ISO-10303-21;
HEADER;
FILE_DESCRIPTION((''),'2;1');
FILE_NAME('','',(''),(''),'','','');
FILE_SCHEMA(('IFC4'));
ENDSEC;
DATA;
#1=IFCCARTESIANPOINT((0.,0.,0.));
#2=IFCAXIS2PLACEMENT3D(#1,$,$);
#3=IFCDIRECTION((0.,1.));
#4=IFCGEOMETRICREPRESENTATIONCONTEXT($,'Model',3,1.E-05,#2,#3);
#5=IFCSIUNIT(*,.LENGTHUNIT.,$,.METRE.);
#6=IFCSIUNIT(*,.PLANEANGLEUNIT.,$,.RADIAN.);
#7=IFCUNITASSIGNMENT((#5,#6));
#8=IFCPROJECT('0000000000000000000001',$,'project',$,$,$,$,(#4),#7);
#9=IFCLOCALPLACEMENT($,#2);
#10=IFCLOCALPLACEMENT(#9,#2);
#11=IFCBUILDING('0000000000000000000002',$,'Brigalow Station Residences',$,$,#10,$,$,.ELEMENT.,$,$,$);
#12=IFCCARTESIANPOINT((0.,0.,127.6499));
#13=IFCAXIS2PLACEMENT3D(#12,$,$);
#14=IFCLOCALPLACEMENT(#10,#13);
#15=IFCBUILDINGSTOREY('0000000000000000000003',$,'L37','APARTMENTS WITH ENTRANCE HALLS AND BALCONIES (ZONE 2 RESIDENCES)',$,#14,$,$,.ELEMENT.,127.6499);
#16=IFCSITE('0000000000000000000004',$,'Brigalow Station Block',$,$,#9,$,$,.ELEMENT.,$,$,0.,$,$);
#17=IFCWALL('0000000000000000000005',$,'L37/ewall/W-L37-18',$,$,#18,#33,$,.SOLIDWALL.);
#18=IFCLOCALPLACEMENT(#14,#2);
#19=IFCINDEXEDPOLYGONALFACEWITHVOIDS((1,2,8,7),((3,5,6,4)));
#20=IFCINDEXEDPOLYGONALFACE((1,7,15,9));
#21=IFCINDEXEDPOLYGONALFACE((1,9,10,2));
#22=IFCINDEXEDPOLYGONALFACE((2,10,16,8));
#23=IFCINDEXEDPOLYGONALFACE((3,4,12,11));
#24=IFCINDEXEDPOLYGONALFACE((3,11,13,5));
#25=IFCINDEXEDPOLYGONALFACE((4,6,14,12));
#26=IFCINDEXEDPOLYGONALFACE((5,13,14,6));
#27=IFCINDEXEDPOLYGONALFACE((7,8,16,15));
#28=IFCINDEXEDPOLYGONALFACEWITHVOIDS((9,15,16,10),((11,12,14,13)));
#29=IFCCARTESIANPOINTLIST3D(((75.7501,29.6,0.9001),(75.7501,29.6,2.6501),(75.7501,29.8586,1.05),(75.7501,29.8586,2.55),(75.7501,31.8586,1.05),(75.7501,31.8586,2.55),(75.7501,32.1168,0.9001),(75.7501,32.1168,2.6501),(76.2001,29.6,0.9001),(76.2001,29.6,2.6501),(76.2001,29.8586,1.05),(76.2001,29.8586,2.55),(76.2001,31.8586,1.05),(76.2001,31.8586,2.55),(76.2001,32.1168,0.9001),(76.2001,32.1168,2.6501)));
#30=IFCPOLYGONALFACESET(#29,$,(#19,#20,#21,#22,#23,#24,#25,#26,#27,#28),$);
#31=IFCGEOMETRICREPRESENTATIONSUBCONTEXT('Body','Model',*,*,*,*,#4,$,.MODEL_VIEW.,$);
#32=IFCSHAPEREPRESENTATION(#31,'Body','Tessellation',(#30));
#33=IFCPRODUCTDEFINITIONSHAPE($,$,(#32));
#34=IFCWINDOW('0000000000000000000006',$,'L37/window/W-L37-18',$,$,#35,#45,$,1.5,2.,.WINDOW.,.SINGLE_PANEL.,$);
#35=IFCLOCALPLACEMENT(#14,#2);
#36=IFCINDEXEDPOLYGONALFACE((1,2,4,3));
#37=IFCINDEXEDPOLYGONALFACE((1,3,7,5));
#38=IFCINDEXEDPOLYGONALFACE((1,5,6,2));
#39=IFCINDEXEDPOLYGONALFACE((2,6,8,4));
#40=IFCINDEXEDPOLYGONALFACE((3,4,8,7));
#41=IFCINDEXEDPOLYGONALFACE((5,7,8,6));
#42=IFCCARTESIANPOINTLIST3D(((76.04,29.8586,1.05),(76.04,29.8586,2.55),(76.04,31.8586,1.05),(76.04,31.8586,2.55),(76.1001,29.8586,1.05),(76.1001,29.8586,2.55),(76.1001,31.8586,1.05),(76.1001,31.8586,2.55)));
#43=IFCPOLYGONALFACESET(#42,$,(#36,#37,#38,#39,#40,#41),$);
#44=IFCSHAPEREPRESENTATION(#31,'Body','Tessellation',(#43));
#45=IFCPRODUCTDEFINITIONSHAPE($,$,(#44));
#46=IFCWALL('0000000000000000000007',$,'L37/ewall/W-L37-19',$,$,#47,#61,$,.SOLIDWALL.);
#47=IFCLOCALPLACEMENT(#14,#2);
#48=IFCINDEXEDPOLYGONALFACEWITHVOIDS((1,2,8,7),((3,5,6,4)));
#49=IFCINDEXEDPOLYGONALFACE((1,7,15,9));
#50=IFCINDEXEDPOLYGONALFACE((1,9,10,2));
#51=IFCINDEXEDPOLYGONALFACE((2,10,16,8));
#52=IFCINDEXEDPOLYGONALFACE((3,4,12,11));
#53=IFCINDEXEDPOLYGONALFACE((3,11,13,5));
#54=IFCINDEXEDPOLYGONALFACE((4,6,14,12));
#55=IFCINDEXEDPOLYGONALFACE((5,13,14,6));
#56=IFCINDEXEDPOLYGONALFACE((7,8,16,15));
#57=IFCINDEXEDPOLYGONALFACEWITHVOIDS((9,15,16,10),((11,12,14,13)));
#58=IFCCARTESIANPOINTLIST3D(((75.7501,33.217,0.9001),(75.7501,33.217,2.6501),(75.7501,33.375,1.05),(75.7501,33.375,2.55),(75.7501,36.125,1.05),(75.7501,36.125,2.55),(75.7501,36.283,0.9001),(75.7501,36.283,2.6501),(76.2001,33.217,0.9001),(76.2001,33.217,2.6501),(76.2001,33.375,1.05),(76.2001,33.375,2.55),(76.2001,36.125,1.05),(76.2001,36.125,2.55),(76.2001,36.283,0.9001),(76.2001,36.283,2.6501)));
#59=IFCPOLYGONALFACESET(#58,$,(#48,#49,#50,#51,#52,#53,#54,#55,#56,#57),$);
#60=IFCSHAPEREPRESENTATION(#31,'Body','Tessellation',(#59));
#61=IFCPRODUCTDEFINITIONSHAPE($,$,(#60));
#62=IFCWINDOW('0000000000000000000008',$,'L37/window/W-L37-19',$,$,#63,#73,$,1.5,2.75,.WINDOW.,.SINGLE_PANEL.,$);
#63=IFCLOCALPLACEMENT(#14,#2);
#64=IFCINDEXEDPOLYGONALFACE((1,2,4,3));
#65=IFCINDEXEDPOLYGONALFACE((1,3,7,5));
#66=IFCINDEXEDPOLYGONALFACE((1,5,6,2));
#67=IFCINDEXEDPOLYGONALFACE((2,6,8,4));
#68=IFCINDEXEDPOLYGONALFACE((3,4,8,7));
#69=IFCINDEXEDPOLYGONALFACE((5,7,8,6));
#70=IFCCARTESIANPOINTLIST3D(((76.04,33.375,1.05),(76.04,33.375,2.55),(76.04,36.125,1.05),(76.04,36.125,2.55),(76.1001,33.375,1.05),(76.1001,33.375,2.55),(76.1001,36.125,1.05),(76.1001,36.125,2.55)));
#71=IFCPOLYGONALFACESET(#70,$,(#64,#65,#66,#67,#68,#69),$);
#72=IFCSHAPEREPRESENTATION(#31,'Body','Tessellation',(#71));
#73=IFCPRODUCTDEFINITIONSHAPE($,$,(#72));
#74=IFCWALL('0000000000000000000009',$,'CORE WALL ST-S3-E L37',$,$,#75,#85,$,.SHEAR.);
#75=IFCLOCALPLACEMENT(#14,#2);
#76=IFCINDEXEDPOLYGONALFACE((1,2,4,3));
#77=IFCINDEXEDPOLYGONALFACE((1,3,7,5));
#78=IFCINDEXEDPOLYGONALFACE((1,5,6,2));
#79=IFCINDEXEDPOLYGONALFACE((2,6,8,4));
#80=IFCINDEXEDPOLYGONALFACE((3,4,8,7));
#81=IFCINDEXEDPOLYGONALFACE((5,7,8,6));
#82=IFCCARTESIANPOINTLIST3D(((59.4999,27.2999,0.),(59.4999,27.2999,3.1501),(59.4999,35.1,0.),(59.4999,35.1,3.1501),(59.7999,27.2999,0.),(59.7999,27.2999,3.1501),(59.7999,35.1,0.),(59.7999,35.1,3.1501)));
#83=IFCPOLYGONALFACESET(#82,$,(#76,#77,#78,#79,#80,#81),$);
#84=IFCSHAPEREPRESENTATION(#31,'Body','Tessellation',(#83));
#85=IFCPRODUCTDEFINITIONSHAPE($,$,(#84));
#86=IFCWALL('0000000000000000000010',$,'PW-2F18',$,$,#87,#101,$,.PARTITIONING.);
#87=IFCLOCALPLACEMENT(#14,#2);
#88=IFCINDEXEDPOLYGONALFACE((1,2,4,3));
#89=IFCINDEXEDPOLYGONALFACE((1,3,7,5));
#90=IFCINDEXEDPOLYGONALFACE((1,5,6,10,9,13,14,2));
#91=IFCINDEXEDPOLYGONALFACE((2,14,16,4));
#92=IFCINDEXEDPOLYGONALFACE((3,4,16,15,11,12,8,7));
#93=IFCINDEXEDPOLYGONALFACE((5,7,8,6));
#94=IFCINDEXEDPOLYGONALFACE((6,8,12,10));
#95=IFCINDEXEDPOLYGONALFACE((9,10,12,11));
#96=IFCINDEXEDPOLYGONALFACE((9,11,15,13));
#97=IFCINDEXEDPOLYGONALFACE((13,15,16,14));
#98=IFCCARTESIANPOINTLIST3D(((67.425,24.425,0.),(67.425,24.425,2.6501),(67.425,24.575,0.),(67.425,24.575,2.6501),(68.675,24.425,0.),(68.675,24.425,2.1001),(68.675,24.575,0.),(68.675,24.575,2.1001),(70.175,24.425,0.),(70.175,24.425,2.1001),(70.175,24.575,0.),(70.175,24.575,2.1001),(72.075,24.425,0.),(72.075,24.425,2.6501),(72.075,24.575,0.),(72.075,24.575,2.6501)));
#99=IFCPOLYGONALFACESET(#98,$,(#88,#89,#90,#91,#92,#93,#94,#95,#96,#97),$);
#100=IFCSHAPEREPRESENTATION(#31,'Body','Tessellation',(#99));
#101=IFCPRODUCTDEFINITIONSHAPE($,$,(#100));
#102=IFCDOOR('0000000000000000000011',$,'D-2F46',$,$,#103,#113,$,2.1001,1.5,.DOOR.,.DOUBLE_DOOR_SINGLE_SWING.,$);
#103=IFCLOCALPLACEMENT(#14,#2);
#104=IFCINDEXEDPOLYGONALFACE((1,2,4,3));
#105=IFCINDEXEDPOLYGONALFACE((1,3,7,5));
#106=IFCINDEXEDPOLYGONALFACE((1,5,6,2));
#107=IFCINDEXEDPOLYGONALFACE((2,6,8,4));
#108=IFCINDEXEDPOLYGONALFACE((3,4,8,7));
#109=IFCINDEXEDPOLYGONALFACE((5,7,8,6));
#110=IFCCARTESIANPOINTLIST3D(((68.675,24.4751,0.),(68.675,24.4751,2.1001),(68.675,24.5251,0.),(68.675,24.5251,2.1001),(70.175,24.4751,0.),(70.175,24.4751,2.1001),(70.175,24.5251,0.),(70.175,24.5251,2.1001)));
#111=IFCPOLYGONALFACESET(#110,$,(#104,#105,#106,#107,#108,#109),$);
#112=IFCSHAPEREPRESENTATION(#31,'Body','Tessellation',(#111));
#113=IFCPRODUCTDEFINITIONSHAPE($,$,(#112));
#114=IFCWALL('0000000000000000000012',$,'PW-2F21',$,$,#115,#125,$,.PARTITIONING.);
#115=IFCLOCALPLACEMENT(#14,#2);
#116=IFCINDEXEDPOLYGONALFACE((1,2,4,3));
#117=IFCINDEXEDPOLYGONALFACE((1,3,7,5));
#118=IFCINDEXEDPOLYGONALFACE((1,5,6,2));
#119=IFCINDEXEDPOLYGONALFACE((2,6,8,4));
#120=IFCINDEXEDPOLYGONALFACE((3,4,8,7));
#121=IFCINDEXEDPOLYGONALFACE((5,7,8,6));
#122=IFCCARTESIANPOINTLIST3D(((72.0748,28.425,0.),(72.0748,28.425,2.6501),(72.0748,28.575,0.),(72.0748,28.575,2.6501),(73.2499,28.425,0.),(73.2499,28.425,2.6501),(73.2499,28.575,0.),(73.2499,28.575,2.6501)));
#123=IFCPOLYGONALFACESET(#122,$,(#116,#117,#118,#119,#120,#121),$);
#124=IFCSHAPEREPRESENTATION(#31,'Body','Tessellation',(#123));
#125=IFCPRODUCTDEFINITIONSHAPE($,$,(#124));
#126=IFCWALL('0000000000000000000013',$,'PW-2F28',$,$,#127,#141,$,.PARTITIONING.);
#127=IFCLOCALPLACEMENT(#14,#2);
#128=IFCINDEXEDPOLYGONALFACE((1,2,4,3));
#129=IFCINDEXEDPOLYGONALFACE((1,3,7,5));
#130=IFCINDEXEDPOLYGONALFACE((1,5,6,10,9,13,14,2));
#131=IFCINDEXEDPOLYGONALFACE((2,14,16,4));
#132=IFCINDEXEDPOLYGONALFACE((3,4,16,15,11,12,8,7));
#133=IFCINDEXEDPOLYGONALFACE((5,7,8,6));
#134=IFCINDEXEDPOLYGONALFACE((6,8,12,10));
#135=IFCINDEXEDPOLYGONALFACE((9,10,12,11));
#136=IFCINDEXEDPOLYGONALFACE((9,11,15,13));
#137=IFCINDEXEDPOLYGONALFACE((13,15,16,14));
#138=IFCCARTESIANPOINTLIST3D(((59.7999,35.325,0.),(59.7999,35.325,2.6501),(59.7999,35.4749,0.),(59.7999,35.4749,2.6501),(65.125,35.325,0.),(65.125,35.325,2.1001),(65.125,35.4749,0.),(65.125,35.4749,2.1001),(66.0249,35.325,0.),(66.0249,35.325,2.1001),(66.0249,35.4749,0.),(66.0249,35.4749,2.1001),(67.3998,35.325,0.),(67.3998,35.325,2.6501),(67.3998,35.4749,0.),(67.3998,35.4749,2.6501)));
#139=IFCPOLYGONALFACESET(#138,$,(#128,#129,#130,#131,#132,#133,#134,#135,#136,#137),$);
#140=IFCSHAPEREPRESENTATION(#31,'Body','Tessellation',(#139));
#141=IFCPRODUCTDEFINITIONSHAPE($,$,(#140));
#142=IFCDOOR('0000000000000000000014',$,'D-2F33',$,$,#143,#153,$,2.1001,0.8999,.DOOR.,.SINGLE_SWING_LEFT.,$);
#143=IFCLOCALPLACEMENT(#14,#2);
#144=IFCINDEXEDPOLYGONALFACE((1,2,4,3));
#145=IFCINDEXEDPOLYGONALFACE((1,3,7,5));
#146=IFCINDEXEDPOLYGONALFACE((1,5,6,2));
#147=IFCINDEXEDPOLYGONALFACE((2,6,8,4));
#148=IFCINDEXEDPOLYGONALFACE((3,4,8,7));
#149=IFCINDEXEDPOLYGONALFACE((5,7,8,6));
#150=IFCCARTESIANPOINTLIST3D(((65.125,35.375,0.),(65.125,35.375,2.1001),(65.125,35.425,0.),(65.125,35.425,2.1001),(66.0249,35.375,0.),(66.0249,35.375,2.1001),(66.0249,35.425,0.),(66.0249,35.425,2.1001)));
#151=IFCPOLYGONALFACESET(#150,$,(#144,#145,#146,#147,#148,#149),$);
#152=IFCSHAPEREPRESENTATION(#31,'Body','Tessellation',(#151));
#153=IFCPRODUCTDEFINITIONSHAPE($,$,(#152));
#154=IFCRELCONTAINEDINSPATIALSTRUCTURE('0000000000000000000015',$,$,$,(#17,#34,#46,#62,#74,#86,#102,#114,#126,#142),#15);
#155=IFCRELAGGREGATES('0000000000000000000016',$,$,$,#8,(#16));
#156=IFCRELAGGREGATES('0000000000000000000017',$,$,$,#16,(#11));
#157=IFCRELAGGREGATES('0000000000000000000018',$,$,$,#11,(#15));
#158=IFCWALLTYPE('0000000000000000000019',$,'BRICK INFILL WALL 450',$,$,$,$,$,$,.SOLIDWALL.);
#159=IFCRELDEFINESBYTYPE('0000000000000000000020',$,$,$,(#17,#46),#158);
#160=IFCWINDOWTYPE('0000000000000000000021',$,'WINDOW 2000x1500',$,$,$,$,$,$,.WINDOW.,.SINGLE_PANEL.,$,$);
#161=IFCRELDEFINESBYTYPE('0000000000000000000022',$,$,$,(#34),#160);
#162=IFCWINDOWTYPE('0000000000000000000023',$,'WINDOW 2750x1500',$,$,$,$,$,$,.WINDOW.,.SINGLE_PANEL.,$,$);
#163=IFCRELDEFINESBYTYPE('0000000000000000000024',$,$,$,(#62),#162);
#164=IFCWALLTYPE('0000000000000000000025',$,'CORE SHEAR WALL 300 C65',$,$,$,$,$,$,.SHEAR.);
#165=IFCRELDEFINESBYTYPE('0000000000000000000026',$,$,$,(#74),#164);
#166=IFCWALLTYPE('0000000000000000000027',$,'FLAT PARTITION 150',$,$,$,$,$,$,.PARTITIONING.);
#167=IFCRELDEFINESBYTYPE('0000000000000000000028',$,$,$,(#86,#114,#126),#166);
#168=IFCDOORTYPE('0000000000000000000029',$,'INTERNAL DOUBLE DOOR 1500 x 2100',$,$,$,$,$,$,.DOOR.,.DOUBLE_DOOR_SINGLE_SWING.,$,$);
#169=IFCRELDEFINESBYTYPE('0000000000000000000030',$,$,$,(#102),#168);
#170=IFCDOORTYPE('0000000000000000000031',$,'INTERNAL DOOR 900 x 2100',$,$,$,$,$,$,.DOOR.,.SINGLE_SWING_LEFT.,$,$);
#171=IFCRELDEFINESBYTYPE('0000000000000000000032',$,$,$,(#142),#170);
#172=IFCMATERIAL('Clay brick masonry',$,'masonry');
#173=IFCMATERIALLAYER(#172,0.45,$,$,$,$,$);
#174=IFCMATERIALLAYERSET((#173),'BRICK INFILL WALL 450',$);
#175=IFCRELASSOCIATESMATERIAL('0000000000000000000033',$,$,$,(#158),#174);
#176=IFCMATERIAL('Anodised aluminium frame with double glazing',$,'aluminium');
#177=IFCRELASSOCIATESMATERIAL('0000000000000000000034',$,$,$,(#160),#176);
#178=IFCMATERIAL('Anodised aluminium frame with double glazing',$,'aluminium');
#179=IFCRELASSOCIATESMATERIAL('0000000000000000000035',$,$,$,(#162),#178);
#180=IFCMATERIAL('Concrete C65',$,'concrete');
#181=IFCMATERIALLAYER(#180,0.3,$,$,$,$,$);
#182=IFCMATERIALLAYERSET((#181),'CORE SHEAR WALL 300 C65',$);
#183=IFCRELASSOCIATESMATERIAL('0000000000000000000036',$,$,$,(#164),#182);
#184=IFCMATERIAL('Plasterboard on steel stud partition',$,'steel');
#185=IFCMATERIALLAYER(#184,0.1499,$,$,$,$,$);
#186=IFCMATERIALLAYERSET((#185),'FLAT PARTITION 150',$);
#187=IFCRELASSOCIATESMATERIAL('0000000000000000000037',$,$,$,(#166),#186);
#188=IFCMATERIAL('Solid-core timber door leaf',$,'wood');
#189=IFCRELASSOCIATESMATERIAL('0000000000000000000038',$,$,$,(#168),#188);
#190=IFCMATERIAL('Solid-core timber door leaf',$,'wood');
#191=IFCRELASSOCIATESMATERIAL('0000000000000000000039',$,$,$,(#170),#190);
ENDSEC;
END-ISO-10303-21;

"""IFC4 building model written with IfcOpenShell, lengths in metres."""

from ifc_helpers import new_model, si_unit, direction, frame, frame_2d, origin, place, context, subcontext, project, spatial, rectangle, extrude, material, layer, layer_set, type_object, element, fill, save


model = new_model("IFC4")

# Units and contexts
model_context = context("Model", 3, precision=1e-05, world=origin(), true_north=direction((0.0, 1.0)))
body_context = subcontext(model_context, "Body", "Model", "MODEL_VIEW")
ifc_project = project(units=[si_unit("LENGTHUNIT", "METRE"), si_unit("PLANEANGLEUNIT", "RADIAN")], contexts=[model_context])

# Site, building, storey
site_placement = place(None, origin())
site = spatial("IfcSite", under=ifc_project, at=site_placement, Name="Brigalow Station Block", CompositionType="ELEMENT", RefElevation=0.0)
building_placement = place(site_placement, origin())
building = spatial("IfcBuilding", under=site, at=building_placement, Name="Brigalow Station Residences", CompositionType="ELEMENT")
storey_placement = place(building_placement, frame((0.0, 0.0, 127.6499)))
storey = spatial("IfcBuildingStorey", under=building, at=storey_placement, Name="L37", Description="APARTMENTS WITH ENTRANCE HALLS AND BALCONIES (ZONE 2 RESIDENCES)", CompositionType="ELEMENT", Elevation=127.6499)

# Shared definitions
ifc_material_1 = material(Name="Clay brick masonry", Category="masonry")
ifc_layer_1 = layer(ifc_material_1, 0.45)
ifc_layer_set_1 = layer_set([ifc_layer_1], Name="BRICK INFILL WALL 450")
wall_type_1 = type_object("IfcWallType", Name="BRICK INFILL WALL 450", PredefinedType="SOLIDWALL", material=ifc_layer_set_1)

# Walls, openings, windows
wall_1_placement = place(storey_placement, frame((75.9751, 29.6001, 0.9001), z_axis=(0.0, 0.0, 1.0), x_axis=(0.0, 1.0, 0.0)))
wall_1 = element("IfcWall", 1, at=wall_1_placement, inside=storey, type_object=wall_type_1, Name="L37/ewall/W-L37-18", PredefinedType="SOLIDWALL", context=body_context, shape_type="SweptSolid", body=[
    extrude(rectangle(XDim=2.5168, YDim=0.45, at=frame_2d((1.2583, 0.0))), origin(), (0.0, 0.0, 1.0), 1.75),
])
opening_1_placement = place(wall_1_placement, frame((0.2585, 0.0, 0.1499)))
opening_1 = element("IfcOpeningElement", 2, at=opening_1_placement, cuts=wall_1, PredefinedType="OPENING", context=body_context, shape_type="SweptSolid", body=[
    extrude(rectangle(XDim=2.0, YDim=1.5, at=frame_2d((1.0, 0.75))), frame((0.0, 0.2349, 0.0), z_axis=(0.0, -1.0, 0.0), x_axis=(1.0, 0.0, 0.0)), (0.0, 0.0, 1.0), 0.47),
])
ifc_material_2 = material(Name="Anodised aluminium frame with double glazing", Category="aluminium")
window_type_1 = type_object("IfcWindowType", Name="WINDOW 2000x1500", PartitioningType="SINGLE_PANEL", PredefinedType="WINDOW", material=ifc_material_2)
window_1_placement = place(opening_1_placement, origin())
window_1 = element("IfcWindow", 3, at=window_1_placement, inside=storey, type_object=window_type_1, Name="L37/window/W-L37-18", OverallHeight=1.5, OverallWidth=2.0, PartitioningType="SINGLE_PANEL", PredefinedType="WINDOW", context=body_context, shape_type="SweptSolid", body=[
    extrude(rectangle(XDim=2.0, YDim=1.5, at=frame_2d((1.0, 0.75))), frame((0.0, -0.0649, 0.0), z_axis=(0.0, -1.0, 0.0), x_axis=(1.0, 0.0, 0.0)), (0.0, 0.0, 1.0), 0.0601),
])
fill(opening_1, window_1)
wall_2_placement = place(storey_placement, frame((75.9751, 33.217, 0.9001), z_axis=(0.0, 0.0, 1.0), x_axis=(0.0, 1.0, 0.0)))
wall_2 = element("IfcWall", 4, at=wall_2_placement, inside=storey, type_object=wall_type_1, Name="L37/ewall/W-L37-19", PredefinedType="SOLIDWALL", context=body_context, shape_type="SweptSolid", body=[
    extrude(rectangle(XDim=3.0659, YDim=0.45, at=frame_2d((1.533, 0.0))), origin(), (0.0, 0.0, 1.0), 1.75),
])
opening_2_placement = place(wall_2_placement, frame((0.158, 0.0, 0.1499)))
opening_2 = element("IfcOpeningElement", 5, at=opening_2_placement, cuts=wall_2, PredefinedType="OPENING", context=body_context, shape_type="SweptSolid", body=[
    extrude(rectangle(XDim=2.75, YDim=1.5, at=frame_2d((1.375, 0.75))), frame((0.0, 0.2349, 0.0), z_axis=(0.0, -1.0, 0.0), x_axis=(1.0, 0.0, 0.0)), (0.0, 0.0, 1.0), 0.47),
])
ifc_material_3 = material(Name="Anodised aluminium frame with double glazing", Category="aluminium")
window_type_2 = type_object("IfcWindowType", Name="WINDOW 2750x1500", PartitioningType="SINGLE_PANEL", PredefinedType="WINDOW", material=ifc_material_3)
window_2_placement = place(opening_2_placement, origin())
window_2 = element("IfcWindow", 6, at=window_2_placement, inside=storey, type_object=window_type_2, Name="L37/window/W-L37-19", OverallHeight=1.5, OverallWidth=2.75, PartitioningType="SINGLE_PANEL", PredefinedType="WINDOW", context=body_context, shape_type="SweptSolid", body=[
    extrude(rectangle(XDim=2.75, YDim=1.5, at=frame_2d((1.375, 0.75))), frame((0.0, -0.0649, 0.0), z_axis=(0.0, -1.0, 0.0), x_axis=(1.0, 0.0, 0.0)), (0.0, 0.0, 1.0), 0.0601),
])
fill(opening_2, window_2)

# Wall
ifc_material_4 = material(Name="Concrete C65", Category="concrete")
ifc_layer_2 = layer(ifc_material_4, 0.3)
ifc_layer_set_2 = layer_set([ifc_layer_2], Name="CORE SHEAR WALL 300 C65")
wall_type_2 = type_object("IfcWallType", Name="CORE SHEAR WALL 300 C65", PredefinedType="SHEAR", material=ifc_layer_set_2)
wall_3_placement = place(storey_placement, frame((59.6499, 27.3, 0.0), z_axis=(0.0, 0.0, 1.0), x_axis=(0.0, 1.0, 0.0)))
element("IfcWall", 7, at=wall_3_placement, inside=storey, type_object=wall_type_2, Name="CORE WALL ST-S3-E L37", PredefinedType="SHEAR", context=body_context, shape_type="SweptSolid", body=[
    extrude(rectangle(XDim=7.8, YDim=0.3, at=frame_2d((3.8999, 0.0))), origin(), (0.0, 0.0, 1.0), 3.1501),
])

# Wall, opening, door
ifc_material_5 = material(Name="Plasterboard on steel stud partition", Category="steel")
ifc_layer_3 = layer(ifc_material_5, 0.1499)
ifc_layer_set_3 = layer_set([ifc_layer_3], Name="FLAT PARTITION 150")
wall_type_3 = type_object("IfcWallType", Name="FLAT PARTITION 150", PredefinedType="PARTITIONING", material=ifc_layer_set_3)
wall_4_placement = place(storey_placement, frame((67.425, 24.5, 0.0), z_axis=(0.0, 0.0, 1.0), x_axis=(1.0, 0.0, 0.0)))
wall_4 = element("IfcWall", 8, at=wall_4_placement, inside=storey, type_object=wall_type_3, Name="PW-2F18", PredefinedType="PARTITIONING", context=body_context, shape_type="SweptSolid", body=[
    extrude(rectangle(XDim=4.6499, YDim=0.1499, at=frame_2d((2.325, 0.0))), origin(), (0.0, 0.0, 1.0), 2.6501),
])
opening_3_placement = place(wall_4_placement, frame((1.25, 0.0, 0.0)))
opening_3 = element("IfcOpeningElement", 9, at=opening_3_placement, cuts=wall_4, PredefinedType="OPENING", context=body_context, shape_type="SweptSolid", body=[
    extrude(rectangle(XDim=1.5, YDim=2.1001, at=frame_2d((0.75, 1.05))), frame((0.0, 0.085, 0.0), z_axis=(0.0, -1.0, 0.0), x_axis=(1.0, 0.0, 0.0)), (0.0, 0.0, 1.0), 0.1699),
])
ifc_material_6 = material(Name="Solid-core timber door leaf", Category="wood")
door_type_1 = type_object("IfcDoorType", Name="INTERNAL DOUBLE DOOR 1500 x 2100", OperationType="DOUBLE_DOOR_SINGLE_SWING", PredefinedType="DOOR", material=ifc_material_6)
door_1_placement = place(opening_3_placement, frame((1.5, 0.0, 0.0), z_axis=(0.0, 0.0, 1.0), x_axis=(-1.0, 0.0, 0.0)))
door_1 = element("IfcDoor", 10, at=door_1_placement, inside=storey, type_object=door_type_1, Name="D-2F46", OperationType="DOUBLE_DOOR_SINGLE_SWING", OverallHeight=2.1001, OverallWidth=1.5, PredefinedType="DOOR", context=body_context, shape_type="SweptSolid", body=[
    extrude(rectangle(XDim=1.5, YDim=2.1001, at=frame_2d((0.75, 1.05))), frame((0.0, 0.0249, 0.0), z_axis=(0.0, -1.0, 0.0), x_axis=(1.0, 0.0, 0.0)), (0.0, 0.0, 1.0), 0.05),
])
fill(opening_3, door_1)

# Wall
wall_5_placement = place(storey_placement, frame((72.075, 28.5, 0.0), z_axis=(0.0, 0.0, 1.0), x_axis=(1.0, 0.0, 0.0)))
element("IfcWall", 11, at=wall_5_placement, inside=storey, type_object=wall_type_3, Name="PW-2F21", PredefinedType="PARTITIONING", context=body_context, shape_type="SweptSolid", body=[
    extrude(rectangle(XDim=1.175, YDim=0.1499, at=frame_2d((0.5874, 0.0))), origin(), (0.0, 0.0, 1.0), 2.6501),
])

# Wall, opening, door
wall_6_placement = place(storey_placement, frame((59.8, 35.3999, 0.0), z_axis=(0.0, 0.0, 1.0), x_axis=(1.0, 0.0, 0.0)))
wall_6 = element("IfcWall", 12, at=wall_6_placement, inside=storey, type_object=wall_type_3, Name="PW-2F28", PredefinedType="PARTITIONING", context=body_context, shape_type="SweptSolid", body=[
    extrude(rectangle(XDim=7.5999, YDim=0.1499, at=frame_2d((3.7998, 0.0))), origin(), (0.0, 0.0, 1.0), 2.6501),
])
opening_4_placement = place(wall_6_placement, frame((5.325, 0.0, 0.0)))
opening_4 = element("IfcOpeningElement", 13, at=opening_4_placement, cuts=wall_6, PredefinedType="OPENING", context=body_context, shape_type="SweptSolid", body=[
    extrude(rectangle(XDim=0.8999, YDim=2.1001, at=frame_2d((0.45, 1.05))), frame((0.0, 0.085, 0.0), z_axis=(0.0, -1.0, 0.0), x_axis=(1.0, 0.0, 0.0)), (0.0, 0.0, 1.0), 0.1699),
])
ifc_material_7 = material(Name="Solid-core timber door leaf", Category="wood")
door_type_2 = type_object("IfcDoorType", Name="INTERNAL DOOR 900 x 2100", OperationType="SINGLE_SWING_LEFT", PredefinedType="DOOR", material=ifc_material_7)
door_2_placement = place(opening_4_placement, frame((0.8999, 0.0, 0.0), z_axis=(0.0, 0.0, 1.0), x_axis=(-1.0, 0.0, 0.0)))
door_2 = element("IfcDoor", 14, at=door_2_placement, inside=storey, type_object=door_type_2, Name="D-2F33", OperationType="SINGLE_SWING_LEFT", OverallHeight=2.1001, OverallWidth=0.8999, PredefinedType="DOOR", context=body_context, shape_type="SweptSolid", body=[
    extrude(rectangle(XDim=0.8999, YDim=2.1001, at=frame_2d((0.45, 1.05))), frame((0.0, 0.0249, 0.0), z_axis=(0.0, -1.0, 0.0), x_axis=(1.0, 0.0, 0.0)), (0.0, 0.0, 1.0), 0.05),
])
fill(opening_4, door_2)

save(model, "model.ifc")
